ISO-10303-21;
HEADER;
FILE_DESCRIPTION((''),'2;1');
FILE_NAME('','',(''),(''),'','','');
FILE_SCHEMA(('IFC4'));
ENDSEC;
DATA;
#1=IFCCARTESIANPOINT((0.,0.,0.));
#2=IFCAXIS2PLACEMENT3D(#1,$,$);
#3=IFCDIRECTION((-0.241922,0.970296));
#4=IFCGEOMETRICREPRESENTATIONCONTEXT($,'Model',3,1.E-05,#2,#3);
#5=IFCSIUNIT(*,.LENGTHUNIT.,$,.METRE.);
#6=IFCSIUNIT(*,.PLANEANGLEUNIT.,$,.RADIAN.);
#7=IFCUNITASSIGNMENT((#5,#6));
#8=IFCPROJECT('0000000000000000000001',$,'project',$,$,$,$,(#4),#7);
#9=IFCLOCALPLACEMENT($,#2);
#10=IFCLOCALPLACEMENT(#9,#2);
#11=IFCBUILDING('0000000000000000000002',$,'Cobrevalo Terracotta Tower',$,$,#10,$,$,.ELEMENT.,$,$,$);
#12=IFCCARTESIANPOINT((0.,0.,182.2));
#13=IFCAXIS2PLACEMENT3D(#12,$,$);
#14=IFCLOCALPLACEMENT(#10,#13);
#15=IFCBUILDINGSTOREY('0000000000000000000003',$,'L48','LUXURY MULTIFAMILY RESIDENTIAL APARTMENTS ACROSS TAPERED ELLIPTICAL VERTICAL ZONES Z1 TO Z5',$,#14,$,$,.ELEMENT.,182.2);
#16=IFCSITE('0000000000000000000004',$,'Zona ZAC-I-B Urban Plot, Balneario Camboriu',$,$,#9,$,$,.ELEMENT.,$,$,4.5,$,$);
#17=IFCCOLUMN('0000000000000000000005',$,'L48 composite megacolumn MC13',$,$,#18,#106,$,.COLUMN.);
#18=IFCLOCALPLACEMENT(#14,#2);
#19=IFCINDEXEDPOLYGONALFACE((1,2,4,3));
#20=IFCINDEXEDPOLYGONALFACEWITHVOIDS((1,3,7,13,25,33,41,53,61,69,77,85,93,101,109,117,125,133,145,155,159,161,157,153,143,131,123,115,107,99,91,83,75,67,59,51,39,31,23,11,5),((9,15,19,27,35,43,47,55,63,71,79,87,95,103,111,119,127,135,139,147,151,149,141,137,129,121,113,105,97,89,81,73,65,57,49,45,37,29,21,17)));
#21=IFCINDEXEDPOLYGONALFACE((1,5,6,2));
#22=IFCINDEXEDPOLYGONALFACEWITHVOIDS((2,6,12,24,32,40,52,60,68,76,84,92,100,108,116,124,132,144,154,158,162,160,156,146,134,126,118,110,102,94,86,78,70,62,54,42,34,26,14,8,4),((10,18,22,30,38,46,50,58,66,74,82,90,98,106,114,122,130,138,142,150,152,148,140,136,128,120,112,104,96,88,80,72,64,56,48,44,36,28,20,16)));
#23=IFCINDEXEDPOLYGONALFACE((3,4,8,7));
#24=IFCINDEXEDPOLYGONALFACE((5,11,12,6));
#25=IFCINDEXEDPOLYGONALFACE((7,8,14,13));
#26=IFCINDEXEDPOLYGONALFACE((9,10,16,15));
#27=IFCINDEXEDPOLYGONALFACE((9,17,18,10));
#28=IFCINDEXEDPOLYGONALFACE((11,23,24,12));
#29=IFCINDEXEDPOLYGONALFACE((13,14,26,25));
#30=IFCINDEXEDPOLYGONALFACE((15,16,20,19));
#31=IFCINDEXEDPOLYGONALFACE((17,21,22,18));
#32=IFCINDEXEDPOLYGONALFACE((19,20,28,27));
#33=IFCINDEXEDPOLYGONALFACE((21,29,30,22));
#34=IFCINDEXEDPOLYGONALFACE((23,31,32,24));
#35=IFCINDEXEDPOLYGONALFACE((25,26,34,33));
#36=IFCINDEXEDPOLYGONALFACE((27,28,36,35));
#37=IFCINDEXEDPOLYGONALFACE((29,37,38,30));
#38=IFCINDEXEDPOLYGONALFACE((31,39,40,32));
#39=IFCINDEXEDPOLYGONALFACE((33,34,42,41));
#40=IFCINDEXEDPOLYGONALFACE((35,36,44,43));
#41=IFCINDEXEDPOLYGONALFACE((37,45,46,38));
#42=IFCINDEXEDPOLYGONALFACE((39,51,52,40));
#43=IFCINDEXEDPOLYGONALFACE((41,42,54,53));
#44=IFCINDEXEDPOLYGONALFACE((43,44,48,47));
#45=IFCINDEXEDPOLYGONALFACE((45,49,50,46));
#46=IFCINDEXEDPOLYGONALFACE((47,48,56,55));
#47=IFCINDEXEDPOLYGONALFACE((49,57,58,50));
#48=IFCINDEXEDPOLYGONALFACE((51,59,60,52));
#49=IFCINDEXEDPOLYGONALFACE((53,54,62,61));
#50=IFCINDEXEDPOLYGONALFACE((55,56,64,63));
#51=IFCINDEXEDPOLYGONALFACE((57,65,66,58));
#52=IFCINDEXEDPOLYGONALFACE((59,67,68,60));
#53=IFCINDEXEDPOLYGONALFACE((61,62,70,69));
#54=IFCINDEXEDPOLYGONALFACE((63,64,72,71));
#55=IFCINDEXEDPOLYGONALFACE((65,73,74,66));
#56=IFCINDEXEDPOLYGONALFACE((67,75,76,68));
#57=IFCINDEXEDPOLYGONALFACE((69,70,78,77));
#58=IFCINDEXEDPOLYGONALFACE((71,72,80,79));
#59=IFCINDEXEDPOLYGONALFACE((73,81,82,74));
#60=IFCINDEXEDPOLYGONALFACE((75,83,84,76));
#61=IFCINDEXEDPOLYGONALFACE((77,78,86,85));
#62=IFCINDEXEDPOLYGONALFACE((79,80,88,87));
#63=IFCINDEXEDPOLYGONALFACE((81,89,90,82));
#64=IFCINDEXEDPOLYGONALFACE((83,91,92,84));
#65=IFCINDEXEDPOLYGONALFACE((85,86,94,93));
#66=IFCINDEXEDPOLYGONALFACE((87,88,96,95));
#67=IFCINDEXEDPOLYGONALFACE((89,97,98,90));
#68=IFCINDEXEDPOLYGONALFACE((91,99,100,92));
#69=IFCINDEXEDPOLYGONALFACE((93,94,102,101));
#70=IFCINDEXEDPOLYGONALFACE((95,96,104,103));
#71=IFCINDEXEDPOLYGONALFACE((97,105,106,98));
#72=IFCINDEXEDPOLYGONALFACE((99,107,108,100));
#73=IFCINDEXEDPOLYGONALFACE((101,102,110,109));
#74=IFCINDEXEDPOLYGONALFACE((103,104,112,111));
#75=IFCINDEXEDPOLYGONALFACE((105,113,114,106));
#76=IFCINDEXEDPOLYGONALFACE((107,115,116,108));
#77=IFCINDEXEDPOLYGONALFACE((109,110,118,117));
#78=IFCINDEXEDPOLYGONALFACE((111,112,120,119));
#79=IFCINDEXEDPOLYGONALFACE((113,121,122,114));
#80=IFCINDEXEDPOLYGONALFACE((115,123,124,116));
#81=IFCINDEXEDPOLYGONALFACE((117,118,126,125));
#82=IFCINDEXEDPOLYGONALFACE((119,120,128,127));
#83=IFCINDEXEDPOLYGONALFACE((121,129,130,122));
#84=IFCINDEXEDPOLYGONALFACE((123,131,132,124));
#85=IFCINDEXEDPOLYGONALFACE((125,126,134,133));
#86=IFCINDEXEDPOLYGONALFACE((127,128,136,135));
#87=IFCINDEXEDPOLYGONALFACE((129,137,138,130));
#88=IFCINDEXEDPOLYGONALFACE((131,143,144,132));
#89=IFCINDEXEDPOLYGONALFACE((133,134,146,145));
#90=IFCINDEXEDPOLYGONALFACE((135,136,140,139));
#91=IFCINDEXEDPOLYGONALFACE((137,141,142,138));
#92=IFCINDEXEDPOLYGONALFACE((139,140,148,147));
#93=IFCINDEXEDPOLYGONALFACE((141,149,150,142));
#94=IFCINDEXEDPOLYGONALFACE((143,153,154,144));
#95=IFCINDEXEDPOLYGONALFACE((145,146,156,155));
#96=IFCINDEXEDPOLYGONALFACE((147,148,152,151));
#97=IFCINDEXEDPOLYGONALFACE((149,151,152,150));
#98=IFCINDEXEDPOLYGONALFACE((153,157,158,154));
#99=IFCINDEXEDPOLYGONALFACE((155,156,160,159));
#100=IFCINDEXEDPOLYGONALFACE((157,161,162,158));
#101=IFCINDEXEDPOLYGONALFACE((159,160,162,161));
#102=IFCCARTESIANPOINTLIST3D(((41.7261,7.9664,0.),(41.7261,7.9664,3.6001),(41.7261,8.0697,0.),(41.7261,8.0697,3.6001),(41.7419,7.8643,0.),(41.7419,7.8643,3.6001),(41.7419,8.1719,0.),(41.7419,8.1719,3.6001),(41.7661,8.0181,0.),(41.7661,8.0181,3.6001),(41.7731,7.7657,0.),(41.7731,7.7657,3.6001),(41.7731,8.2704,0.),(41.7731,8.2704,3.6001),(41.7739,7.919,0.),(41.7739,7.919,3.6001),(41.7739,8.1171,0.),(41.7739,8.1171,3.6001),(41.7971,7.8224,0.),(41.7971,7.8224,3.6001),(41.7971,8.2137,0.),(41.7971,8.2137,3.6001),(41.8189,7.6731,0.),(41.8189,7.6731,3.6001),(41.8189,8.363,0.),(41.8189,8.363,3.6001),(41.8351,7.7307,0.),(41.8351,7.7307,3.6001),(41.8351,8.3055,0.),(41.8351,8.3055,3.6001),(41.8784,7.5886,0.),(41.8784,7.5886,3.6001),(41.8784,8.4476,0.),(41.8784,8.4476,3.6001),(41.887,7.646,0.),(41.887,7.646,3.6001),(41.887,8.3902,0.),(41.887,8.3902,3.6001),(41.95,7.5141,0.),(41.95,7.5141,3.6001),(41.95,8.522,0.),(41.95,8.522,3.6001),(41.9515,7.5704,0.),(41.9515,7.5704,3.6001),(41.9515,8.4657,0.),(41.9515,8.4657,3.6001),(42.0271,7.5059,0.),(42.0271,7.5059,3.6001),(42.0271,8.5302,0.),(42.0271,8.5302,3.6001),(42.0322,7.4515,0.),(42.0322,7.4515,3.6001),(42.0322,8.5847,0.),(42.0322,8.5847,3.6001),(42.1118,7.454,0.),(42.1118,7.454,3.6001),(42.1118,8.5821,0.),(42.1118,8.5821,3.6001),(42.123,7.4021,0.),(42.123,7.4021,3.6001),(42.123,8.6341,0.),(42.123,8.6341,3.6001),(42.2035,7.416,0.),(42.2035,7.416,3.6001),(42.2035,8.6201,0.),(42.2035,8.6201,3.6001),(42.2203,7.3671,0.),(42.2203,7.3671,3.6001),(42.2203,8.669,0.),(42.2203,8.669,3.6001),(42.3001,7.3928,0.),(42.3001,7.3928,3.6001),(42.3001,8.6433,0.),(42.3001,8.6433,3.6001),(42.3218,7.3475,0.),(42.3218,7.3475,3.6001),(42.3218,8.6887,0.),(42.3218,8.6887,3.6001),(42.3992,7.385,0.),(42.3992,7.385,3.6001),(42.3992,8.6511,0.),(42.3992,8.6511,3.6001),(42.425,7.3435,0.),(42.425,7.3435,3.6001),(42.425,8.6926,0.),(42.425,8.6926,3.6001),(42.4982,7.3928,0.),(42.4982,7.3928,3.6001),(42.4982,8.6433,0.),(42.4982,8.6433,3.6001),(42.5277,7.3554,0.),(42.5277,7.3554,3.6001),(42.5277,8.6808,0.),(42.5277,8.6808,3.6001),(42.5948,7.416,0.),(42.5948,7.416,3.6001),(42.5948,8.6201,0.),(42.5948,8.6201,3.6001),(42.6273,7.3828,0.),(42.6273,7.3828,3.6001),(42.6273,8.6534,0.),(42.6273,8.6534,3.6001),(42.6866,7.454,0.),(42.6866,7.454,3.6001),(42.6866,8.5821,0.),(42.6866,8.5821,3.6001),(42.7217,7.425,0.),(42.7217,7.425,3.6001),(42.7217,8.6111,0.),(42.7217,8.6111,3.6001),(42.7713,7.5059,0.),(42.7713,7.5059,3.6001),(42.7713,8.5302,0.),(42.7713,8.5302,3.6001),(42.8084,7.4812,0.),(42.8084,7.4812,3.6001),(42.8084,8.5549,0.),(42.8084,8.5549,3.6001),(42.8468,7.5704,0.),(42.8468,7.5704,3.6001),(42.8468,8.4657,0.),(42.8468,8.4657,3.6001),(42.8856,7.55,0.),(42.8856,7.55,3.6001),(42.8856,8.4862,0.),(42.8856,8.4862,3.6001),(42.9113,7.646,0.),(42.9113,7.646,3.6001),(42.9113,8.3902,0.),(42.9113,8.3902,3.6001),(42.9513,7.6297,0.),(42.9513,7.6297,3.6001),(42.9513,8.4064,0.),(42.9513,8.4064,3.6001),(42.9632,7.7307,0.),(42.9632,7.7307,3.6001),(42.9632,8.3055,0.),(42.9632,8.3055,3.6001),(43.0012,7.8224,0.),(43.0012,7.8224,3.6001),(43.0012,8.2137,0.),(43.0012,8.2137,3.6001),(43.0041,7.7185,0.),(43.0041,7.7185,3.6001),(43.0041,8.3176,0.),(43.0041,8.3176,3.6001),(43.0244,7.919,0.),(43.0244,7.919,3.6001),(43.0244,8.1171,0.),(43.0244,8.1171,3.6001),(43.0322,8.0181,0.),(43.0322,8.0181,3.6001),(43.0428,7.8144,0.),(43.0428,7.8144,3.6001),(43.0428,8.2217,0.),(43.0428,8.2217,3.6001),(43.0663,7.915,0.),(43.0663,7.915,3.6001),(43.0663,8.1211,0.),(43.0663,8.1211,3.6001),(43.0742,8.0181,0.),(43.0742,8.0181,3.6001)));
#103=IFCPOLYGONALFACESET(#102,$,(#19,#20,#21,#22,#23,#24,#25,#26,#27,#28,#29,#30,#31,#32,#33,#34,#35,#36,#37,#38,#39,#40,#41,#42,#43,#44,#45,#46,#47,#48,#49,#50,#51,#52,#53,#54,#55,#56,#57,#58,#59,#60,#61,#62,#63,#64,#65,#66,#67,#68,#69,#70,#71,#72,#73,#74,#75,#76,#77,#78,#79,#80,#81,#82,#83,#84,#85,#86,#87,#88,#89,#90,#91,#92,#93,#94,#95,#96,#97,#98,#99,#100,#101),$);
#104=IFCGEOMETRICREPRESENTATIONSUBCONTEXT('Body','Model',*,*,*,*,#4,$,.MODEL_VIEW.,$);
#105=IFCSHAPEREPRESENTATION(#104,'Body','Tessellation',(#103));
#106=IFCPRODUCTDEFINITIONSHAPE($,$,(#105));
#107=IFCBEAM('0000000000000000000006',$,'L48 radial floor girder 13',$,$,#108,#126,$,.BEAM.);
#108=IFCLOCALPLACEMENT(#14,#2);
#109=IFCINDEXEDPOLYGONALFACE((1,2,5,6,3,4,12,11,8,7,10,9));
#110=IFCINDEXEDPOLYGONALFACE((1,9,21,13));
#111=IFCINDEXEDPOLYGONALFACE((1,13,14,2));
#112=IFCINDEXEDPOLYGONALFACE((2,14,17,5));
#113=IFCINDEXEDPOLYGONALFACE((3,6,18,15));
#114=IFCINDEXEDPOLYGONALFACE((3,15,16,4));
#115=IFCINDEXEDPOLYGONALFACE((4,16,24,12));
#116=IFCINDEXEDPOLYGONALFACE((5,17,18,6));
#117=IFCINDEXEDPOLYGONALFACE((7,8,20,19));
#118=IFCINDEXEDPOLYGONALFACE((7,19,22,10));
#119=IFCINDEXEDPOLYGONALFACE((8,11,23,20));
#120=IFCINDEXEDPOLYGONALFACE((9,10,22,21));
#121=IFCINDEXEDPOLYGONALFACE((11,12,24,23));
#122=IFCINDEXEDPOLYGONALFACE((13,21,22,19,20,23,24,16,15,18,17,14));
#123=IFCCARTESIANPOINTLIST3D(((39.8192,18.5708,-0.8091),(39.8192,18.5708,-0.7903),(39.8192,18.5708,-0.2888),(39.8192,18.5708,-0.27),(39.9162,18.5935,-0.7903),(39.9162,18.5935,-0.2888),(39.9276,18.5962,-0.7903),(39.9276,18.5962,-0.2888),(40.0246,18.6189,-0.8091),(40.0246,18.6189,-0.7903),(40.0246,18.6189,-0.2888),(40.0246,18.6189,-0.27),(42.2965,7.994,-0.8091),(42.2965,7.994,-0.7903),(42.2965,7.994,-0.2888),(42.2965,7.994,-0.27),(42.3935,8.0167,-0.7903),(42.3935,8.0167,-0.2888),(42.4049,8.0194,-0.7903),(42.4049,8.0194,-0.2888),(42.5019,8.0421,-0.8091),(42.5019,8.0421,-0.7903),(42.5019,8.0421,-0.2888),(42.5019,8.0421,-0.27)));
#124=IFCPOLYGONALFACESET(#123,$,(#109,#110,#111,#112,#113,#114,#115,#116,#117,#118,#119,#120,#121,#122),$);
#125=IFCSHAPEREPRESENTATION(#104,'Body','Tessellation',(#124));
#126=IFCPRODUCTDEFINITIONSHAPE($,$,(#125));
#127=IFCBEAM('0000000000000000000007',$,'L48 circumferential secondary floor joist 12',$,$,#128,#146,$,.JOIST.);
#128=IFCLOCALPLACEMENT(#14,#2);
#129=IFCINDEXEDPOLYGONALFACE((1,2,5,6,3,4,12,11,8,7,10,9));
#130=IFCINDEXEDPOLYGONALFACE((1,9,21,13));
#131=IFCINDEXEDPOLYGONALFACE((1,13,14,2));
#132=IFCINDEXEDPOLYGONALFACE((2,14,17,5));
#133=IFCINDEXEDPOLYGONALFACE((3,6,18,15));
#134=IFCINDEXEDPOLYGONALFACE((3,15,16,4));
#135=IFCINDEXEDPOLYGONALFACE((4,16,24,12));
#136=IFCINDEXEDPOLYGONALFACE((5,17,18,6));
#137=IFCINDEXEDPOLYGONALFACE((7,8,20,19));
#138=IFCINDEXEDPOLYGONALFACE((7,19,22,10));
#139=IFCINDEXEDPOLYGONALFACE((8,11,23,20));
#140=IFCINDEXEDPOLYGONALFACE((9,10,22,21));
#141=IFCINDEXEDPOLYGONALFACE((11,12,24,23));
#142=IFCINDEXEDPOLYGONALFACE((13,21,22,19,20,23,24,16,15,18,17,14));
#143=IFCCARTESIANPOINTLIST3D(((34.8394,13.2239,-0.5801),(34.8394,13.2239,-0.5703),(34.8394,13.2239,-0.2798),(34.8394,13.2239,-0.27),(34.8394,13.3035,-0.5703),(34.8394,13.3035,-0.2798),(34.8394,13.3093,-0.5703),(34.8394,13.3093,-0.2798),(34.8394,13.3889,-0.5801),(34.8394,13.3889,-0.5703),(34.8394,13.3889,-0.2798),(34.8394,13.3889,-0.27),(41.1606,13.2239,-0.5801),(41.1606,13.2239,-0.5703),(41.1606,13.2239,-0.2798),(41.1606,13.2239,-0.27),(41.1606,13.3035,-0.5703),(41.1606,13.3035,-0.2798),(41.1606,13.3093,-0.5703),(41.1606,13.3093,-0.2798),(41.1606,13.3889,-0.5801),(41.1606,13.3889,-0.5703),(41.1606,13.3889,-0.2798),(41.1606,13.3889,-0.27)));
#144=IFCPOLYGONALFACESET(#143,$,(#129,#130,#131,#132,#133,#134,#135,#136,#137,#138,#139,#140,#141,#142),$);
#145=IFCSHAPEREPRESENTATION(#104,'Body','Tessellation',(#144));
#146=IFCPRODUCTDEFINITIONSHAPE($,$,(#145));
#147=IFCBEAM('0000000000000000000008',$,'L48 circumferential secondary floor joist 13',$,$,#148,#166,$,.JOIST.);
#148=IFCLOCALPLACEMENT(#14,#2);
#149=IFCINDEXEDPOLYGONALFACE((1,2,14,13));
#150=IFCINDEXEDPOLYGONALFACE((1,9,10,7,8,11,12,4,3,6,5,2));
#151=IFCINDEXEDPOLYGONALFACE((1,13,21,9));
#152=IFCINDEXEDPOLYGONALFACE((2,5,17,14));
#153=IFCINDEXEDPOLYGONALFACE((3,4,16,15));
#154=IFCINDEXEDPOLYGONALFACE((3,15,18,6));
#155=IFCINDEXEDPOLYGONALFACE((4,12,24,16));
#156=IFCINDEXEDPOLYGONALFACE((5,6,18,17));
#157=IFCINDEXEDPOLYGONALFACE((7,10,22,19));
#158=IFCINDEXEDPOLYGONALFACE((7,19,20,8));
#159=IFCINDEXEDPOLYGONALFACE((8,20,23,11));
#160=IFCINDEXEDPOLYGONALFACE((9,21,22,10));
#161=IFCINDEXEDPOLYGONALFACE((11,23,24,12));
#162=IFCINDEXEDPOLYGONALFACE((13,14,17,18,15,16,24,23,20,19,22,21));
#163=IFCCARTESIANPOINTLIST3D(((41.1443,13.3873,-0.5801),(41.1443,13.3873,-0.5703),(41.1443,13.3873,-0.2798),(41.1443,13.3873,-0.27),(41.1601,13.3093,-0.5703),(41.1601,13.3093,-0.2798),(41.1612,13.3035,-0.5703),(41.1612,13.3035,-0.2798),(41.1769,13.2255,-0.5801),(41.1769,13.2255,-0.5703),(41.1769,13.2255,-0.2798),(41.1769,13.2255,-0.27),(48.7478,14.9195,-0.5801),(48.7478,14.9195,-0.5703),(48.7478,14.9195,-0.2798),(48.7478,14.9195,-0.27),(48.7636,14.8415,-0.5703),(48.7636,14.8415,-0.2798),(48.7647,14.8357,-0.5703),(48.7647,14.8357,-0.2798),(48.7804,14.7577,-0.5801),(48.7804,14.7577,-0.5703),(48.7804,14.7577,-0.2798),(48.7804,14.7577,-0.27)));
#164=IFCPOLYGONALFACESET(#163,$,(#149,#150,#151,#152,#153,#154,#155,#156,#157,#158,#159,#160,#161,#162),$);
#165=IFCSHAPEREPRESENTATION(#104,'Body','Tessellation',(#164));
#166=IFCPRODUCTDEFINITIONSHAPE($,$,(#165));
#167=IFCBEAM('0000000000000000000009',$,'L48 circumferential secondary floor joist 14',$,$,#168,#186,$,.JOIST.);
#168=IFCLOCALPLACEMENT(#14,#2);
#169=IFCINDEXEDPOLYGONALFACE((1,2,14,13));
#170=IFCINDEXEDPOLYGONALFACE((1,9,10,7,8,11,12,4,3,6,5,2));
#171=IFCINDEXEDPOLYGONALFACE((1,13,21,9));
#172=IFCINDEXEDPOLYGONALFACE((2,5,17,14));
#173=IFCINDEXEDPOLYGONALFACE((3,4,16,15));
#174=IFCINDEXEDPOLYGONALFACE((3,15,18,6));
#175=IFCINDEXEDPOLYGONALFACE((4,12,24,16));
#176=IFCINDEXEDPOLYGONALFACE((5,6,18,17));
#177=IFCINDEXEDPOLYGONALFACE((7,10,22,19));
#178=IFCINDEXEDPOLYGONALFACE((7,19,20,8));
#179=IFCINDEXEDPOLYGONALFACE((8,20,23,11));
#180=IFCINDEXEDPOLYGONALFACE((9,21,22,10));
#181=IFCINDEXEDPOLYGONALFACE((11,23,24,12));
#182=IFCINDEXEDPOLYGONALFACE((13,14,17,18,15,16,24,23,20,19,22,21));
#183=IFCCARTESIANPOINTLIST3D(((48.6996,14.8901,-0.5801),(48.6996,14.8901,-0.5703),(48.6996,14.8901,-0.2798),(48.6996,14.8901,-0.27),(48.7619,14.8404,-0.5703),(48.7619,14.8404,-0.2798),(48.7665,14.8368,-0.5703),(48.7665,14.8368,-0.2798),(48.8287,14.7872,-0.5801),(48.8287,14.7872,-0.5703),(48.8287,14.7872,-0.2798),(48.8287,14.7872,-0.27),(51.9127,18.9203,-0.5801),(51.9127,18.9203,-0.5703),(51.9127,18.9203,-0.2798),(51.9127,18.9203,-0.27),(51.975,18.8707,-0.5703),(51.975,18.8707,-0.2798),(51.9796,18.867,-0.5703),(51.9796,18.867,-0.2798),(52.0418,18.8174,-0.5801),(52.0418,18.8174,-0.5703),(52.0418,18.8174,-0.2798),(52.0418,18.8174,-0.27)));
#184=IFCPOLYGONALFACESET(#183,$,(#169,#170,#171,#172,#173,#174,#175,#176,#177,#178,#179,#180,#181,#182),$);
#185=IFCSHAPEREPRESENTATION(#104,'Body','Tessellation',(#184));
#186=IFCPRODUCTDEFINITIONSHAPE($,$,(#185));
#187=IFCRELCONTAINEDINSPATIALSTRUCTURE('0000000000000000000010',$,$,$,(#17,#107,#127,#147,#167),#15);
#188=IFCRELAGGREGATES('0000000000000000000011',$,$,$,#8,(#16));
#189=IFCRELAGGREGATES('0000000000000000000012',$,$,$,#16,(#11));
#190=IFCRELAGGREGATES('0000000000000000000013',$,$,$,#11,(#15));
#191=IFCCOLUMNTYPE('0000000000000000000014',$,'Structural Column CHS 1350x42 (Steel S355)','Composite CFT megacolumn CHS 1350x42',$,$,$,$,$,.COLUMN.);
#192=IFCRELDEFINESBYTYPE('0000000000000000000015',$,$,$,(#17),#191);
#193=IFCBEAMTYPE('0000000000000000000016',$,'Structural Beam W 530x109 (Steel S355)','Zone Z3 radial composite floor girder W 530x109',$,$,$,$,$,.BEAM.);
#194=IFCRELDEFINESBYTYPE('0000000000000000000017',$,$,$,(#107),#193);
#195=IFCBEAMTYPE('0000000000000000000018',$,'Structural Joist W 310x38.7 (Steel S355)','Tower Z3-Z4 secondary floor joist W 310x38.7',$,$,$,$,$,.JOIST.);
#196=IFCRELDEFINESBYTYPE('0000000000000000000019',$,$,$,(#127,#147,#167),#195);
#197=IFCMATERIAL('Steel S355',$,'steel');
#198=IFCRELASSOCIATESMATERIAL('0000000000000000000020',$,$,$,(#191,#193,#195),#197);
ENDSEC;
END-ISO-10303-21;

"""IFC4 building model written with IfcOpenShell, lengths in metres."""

from ifc_helpers import new_model, si_unit, direction, frame, origin, origin_2d, place, context, subcontext, project, spatial, hollow_circle, i_section, extrude, material, material_profile, profile_set, type_object, element, save


model = new_model("IFC4")

# Units and contexts
model_context = context("Model", 3, precision=1e-05, world=origin(), true_north=direction((-0.241922, 0.970296)))
body_context = subcontext(model_context, "Body", "Model", "MODEL_VIEW")
ifc_project = project(units=[si_unit("LENGTHUNIT", "METRE"), si_unit("PLANEANGLEUNIT", "RADIAN")], contexts=[model_context])

# Site, building, storey
site_placement = place(None, origin())
site = spatial("IfcSite", under=ifc_project, at=site_placement, Name="Zona ZAC-I-B Urban Plot, Balneario Camboriu", CompositionType="ELEMENT", RefElevation=4.5)
building_placement = place(site_placement, origin())
building = spatial("IfcBuilding", under=site, at=building_placement, Name="Cobrevalo Terracotta Tower", CompositionType="ELEMENT")
storey_placement = place(building_placement, frame((0.0, 0.0, 182.2)))
storey = spatial("IfcBuildingStorey", under=building, at=storey_placement, Name="L48", Description="LUXURY MULTIFAMILY RESIDENTIAL APARTMENTS ACROSS TAPERED ELLIPTICAL VERTICAL ZONES Z1 TO Z5", CompositionType="ELEMENT", Elevation=182.2)

# Column
ifc_material_1 = material(Name="Steel S355", Category="steel")
ifc_material_profile_1 = material_profile(ifc_material_1, hollow_circle(Radius=0.675, WallThickness=0.042, at=origin_2d()), Name="CHS 1350x42")
ifc_profile_set_1 = profile_set([ifc_material_profile_1], Name="Steel S355")
column_type = type_object("IfcColumnType", Name="Structural Column CHS 1350x42 (Steel S355)", Description="Composite CFT megacolumn CHS 1350x42", PredefinedType="COLUMN", material=ifc_profile_set_1)
column_placement = place(storey_placement, frame((42.3992, 8.0181, 0.0), z_axis=(0.0, 0.0, 1.0), x_axis=(1.0, 0.0, 0.0)))
element("IfcColumn", 1, at=column_placement, inside=storey, type_object=column_type, Name="L48 composite megacolumn MC13", PredefinedType="COLUMN", context=body_context, shape_type="SweptSolid", body=[
    extrude(hollow_circle(Radius=0.675, WallThickness=0.042, at=origin_2d()), origin(), (0.0, 0.0, 1.0), 3.6001),
])

# Beams
ifc_material_profile_2 = material_profile(ifc_material_1, i_section(OverallWidth=0.2109, OverallDepth=0.5391, WebThickness=0.0117, FlangeThickness=0.0188, at=origin_2d()), Name="W 530x109")
ifc_profile_set_2 = profile_set([ifc_material_profile_2], Name="Steel S355")
beam_type_1 = type_object("IfcBeamType", Name="Structural Beam W 530x109 (Steel S355)", Description="Zone Z3 radial composite floor girder W 530x109", PredefinedType="BEAM", material=ifc_profile_set_2)
beam_1_placement = place(storey_placement, frame((42.3992, 8.0181, -0.5396), z_axis=(-0.228046, 0.97365, 0.0), x_axis=(-0.97365, -0.228046, 0.0)))
element("IfcBeam", 2, at=beam_1_placement, inside=storey, type_object=beam_type_1, Name="L48 radial floor girder 13", PredefinedType="BEAM", context=body_context, shape_type="SweptSolid", body=[
    extrude(i_section(OverallWidth=0.2109, OverallDepth=0.5391, WebThickness=0.0117, FlangeThickness=0.0188, at=origin_2d()), origin(), (0.0, 0.0, 1.0), 10.863),
])
ifc_material_profile_3 = material_profile(ifc_material_1, i_section(OverallWidth=0.165, OverallDepth=0.3101, WebThickness=0.0059, FlangeThickness=0.0098, at=origin_2d()), Name="W 310x38.7")
ifc_profile_set_3 = profile_set([ifc_material_profile_3], Name="Steel S355")
beam_type_2 = type_object("IfcBeamType", Name="Structural Joist W 310x38.7 (Steel S355)", Description="Tower Z3-Z4 secondary floor joist W 310x38.7", PredefinedType="JOIST", material=ifc_profile_set_3)
beam_2_placement = place(storey_placement, frame((34.8394, 13.3064, -0.425), z_axis=(1.0, 0.0, 0.0), x_axis=(0.0, 1.0, 0.0)))
element("IfcBeam", 3, at=beam_2_placement, inside=storey, type_object=beam_type_2, Name="L48 circumferential secondary floor joist 12", PredefinedType="JOIST", context=body_context, shape_type="SweptSolid", body=[
    extrude(i_section(OverallWidth=0.165, OverallDepth=0.3101, WebThickness=0.0059, FlangeThickness=0.0098, at=origin_2d()), origin(), (0.0, 0.0, 1.0), 6.3213),
])
beam_3_placement = place(storey_placement, frame((41.1606, 13.3064, -0.425), z_axis=(0.980294, 0.197544, 0.0), x_axis=(-0.197544, 0.980294, 0.0)))
element("IfcBeam", 4, at=beam_3_placement, inside=storey, type_object=beam_type_2, Name="L48 circumferential secondary floor joist 13", PredefinedType="JOIST", context=body_context, shape_type="SweptSolid", body=[
    extrude(i_section(OverallWidth=0.165, OverallDepth=0.3101, WebThickness=0.0059, FlangeThickness=0.0098, at=origin_2d()), origin(), (0.0, 0.0, 1.0), 7.7563),
])
beam_4_placement = place(storey_placement, frame((48.7642, 14.8386, -0.425), z_axis=(0.623383, 0.781917, 0.0), x_axis=(-0.781917, 0.623383, 0.0)))
element("IfcBeam", 5, at=beam_4_placement, inside=storey, type_object=beam_type_2, Name="L48 circumferential secondary floor joist 14", PredefinedType="JOIST", context=body_context, shape_type="SweptSolid", body=[
    extrude(i_section(OverallWidth=0.165, OverallDepth=0.3101, WebThickness=0.0059, FlangeThickness=0.0098, at=origin_2d()), origin(), (0.0, 0.0, 1.0), 5.1543),
])

save(model, "model.ifc")
